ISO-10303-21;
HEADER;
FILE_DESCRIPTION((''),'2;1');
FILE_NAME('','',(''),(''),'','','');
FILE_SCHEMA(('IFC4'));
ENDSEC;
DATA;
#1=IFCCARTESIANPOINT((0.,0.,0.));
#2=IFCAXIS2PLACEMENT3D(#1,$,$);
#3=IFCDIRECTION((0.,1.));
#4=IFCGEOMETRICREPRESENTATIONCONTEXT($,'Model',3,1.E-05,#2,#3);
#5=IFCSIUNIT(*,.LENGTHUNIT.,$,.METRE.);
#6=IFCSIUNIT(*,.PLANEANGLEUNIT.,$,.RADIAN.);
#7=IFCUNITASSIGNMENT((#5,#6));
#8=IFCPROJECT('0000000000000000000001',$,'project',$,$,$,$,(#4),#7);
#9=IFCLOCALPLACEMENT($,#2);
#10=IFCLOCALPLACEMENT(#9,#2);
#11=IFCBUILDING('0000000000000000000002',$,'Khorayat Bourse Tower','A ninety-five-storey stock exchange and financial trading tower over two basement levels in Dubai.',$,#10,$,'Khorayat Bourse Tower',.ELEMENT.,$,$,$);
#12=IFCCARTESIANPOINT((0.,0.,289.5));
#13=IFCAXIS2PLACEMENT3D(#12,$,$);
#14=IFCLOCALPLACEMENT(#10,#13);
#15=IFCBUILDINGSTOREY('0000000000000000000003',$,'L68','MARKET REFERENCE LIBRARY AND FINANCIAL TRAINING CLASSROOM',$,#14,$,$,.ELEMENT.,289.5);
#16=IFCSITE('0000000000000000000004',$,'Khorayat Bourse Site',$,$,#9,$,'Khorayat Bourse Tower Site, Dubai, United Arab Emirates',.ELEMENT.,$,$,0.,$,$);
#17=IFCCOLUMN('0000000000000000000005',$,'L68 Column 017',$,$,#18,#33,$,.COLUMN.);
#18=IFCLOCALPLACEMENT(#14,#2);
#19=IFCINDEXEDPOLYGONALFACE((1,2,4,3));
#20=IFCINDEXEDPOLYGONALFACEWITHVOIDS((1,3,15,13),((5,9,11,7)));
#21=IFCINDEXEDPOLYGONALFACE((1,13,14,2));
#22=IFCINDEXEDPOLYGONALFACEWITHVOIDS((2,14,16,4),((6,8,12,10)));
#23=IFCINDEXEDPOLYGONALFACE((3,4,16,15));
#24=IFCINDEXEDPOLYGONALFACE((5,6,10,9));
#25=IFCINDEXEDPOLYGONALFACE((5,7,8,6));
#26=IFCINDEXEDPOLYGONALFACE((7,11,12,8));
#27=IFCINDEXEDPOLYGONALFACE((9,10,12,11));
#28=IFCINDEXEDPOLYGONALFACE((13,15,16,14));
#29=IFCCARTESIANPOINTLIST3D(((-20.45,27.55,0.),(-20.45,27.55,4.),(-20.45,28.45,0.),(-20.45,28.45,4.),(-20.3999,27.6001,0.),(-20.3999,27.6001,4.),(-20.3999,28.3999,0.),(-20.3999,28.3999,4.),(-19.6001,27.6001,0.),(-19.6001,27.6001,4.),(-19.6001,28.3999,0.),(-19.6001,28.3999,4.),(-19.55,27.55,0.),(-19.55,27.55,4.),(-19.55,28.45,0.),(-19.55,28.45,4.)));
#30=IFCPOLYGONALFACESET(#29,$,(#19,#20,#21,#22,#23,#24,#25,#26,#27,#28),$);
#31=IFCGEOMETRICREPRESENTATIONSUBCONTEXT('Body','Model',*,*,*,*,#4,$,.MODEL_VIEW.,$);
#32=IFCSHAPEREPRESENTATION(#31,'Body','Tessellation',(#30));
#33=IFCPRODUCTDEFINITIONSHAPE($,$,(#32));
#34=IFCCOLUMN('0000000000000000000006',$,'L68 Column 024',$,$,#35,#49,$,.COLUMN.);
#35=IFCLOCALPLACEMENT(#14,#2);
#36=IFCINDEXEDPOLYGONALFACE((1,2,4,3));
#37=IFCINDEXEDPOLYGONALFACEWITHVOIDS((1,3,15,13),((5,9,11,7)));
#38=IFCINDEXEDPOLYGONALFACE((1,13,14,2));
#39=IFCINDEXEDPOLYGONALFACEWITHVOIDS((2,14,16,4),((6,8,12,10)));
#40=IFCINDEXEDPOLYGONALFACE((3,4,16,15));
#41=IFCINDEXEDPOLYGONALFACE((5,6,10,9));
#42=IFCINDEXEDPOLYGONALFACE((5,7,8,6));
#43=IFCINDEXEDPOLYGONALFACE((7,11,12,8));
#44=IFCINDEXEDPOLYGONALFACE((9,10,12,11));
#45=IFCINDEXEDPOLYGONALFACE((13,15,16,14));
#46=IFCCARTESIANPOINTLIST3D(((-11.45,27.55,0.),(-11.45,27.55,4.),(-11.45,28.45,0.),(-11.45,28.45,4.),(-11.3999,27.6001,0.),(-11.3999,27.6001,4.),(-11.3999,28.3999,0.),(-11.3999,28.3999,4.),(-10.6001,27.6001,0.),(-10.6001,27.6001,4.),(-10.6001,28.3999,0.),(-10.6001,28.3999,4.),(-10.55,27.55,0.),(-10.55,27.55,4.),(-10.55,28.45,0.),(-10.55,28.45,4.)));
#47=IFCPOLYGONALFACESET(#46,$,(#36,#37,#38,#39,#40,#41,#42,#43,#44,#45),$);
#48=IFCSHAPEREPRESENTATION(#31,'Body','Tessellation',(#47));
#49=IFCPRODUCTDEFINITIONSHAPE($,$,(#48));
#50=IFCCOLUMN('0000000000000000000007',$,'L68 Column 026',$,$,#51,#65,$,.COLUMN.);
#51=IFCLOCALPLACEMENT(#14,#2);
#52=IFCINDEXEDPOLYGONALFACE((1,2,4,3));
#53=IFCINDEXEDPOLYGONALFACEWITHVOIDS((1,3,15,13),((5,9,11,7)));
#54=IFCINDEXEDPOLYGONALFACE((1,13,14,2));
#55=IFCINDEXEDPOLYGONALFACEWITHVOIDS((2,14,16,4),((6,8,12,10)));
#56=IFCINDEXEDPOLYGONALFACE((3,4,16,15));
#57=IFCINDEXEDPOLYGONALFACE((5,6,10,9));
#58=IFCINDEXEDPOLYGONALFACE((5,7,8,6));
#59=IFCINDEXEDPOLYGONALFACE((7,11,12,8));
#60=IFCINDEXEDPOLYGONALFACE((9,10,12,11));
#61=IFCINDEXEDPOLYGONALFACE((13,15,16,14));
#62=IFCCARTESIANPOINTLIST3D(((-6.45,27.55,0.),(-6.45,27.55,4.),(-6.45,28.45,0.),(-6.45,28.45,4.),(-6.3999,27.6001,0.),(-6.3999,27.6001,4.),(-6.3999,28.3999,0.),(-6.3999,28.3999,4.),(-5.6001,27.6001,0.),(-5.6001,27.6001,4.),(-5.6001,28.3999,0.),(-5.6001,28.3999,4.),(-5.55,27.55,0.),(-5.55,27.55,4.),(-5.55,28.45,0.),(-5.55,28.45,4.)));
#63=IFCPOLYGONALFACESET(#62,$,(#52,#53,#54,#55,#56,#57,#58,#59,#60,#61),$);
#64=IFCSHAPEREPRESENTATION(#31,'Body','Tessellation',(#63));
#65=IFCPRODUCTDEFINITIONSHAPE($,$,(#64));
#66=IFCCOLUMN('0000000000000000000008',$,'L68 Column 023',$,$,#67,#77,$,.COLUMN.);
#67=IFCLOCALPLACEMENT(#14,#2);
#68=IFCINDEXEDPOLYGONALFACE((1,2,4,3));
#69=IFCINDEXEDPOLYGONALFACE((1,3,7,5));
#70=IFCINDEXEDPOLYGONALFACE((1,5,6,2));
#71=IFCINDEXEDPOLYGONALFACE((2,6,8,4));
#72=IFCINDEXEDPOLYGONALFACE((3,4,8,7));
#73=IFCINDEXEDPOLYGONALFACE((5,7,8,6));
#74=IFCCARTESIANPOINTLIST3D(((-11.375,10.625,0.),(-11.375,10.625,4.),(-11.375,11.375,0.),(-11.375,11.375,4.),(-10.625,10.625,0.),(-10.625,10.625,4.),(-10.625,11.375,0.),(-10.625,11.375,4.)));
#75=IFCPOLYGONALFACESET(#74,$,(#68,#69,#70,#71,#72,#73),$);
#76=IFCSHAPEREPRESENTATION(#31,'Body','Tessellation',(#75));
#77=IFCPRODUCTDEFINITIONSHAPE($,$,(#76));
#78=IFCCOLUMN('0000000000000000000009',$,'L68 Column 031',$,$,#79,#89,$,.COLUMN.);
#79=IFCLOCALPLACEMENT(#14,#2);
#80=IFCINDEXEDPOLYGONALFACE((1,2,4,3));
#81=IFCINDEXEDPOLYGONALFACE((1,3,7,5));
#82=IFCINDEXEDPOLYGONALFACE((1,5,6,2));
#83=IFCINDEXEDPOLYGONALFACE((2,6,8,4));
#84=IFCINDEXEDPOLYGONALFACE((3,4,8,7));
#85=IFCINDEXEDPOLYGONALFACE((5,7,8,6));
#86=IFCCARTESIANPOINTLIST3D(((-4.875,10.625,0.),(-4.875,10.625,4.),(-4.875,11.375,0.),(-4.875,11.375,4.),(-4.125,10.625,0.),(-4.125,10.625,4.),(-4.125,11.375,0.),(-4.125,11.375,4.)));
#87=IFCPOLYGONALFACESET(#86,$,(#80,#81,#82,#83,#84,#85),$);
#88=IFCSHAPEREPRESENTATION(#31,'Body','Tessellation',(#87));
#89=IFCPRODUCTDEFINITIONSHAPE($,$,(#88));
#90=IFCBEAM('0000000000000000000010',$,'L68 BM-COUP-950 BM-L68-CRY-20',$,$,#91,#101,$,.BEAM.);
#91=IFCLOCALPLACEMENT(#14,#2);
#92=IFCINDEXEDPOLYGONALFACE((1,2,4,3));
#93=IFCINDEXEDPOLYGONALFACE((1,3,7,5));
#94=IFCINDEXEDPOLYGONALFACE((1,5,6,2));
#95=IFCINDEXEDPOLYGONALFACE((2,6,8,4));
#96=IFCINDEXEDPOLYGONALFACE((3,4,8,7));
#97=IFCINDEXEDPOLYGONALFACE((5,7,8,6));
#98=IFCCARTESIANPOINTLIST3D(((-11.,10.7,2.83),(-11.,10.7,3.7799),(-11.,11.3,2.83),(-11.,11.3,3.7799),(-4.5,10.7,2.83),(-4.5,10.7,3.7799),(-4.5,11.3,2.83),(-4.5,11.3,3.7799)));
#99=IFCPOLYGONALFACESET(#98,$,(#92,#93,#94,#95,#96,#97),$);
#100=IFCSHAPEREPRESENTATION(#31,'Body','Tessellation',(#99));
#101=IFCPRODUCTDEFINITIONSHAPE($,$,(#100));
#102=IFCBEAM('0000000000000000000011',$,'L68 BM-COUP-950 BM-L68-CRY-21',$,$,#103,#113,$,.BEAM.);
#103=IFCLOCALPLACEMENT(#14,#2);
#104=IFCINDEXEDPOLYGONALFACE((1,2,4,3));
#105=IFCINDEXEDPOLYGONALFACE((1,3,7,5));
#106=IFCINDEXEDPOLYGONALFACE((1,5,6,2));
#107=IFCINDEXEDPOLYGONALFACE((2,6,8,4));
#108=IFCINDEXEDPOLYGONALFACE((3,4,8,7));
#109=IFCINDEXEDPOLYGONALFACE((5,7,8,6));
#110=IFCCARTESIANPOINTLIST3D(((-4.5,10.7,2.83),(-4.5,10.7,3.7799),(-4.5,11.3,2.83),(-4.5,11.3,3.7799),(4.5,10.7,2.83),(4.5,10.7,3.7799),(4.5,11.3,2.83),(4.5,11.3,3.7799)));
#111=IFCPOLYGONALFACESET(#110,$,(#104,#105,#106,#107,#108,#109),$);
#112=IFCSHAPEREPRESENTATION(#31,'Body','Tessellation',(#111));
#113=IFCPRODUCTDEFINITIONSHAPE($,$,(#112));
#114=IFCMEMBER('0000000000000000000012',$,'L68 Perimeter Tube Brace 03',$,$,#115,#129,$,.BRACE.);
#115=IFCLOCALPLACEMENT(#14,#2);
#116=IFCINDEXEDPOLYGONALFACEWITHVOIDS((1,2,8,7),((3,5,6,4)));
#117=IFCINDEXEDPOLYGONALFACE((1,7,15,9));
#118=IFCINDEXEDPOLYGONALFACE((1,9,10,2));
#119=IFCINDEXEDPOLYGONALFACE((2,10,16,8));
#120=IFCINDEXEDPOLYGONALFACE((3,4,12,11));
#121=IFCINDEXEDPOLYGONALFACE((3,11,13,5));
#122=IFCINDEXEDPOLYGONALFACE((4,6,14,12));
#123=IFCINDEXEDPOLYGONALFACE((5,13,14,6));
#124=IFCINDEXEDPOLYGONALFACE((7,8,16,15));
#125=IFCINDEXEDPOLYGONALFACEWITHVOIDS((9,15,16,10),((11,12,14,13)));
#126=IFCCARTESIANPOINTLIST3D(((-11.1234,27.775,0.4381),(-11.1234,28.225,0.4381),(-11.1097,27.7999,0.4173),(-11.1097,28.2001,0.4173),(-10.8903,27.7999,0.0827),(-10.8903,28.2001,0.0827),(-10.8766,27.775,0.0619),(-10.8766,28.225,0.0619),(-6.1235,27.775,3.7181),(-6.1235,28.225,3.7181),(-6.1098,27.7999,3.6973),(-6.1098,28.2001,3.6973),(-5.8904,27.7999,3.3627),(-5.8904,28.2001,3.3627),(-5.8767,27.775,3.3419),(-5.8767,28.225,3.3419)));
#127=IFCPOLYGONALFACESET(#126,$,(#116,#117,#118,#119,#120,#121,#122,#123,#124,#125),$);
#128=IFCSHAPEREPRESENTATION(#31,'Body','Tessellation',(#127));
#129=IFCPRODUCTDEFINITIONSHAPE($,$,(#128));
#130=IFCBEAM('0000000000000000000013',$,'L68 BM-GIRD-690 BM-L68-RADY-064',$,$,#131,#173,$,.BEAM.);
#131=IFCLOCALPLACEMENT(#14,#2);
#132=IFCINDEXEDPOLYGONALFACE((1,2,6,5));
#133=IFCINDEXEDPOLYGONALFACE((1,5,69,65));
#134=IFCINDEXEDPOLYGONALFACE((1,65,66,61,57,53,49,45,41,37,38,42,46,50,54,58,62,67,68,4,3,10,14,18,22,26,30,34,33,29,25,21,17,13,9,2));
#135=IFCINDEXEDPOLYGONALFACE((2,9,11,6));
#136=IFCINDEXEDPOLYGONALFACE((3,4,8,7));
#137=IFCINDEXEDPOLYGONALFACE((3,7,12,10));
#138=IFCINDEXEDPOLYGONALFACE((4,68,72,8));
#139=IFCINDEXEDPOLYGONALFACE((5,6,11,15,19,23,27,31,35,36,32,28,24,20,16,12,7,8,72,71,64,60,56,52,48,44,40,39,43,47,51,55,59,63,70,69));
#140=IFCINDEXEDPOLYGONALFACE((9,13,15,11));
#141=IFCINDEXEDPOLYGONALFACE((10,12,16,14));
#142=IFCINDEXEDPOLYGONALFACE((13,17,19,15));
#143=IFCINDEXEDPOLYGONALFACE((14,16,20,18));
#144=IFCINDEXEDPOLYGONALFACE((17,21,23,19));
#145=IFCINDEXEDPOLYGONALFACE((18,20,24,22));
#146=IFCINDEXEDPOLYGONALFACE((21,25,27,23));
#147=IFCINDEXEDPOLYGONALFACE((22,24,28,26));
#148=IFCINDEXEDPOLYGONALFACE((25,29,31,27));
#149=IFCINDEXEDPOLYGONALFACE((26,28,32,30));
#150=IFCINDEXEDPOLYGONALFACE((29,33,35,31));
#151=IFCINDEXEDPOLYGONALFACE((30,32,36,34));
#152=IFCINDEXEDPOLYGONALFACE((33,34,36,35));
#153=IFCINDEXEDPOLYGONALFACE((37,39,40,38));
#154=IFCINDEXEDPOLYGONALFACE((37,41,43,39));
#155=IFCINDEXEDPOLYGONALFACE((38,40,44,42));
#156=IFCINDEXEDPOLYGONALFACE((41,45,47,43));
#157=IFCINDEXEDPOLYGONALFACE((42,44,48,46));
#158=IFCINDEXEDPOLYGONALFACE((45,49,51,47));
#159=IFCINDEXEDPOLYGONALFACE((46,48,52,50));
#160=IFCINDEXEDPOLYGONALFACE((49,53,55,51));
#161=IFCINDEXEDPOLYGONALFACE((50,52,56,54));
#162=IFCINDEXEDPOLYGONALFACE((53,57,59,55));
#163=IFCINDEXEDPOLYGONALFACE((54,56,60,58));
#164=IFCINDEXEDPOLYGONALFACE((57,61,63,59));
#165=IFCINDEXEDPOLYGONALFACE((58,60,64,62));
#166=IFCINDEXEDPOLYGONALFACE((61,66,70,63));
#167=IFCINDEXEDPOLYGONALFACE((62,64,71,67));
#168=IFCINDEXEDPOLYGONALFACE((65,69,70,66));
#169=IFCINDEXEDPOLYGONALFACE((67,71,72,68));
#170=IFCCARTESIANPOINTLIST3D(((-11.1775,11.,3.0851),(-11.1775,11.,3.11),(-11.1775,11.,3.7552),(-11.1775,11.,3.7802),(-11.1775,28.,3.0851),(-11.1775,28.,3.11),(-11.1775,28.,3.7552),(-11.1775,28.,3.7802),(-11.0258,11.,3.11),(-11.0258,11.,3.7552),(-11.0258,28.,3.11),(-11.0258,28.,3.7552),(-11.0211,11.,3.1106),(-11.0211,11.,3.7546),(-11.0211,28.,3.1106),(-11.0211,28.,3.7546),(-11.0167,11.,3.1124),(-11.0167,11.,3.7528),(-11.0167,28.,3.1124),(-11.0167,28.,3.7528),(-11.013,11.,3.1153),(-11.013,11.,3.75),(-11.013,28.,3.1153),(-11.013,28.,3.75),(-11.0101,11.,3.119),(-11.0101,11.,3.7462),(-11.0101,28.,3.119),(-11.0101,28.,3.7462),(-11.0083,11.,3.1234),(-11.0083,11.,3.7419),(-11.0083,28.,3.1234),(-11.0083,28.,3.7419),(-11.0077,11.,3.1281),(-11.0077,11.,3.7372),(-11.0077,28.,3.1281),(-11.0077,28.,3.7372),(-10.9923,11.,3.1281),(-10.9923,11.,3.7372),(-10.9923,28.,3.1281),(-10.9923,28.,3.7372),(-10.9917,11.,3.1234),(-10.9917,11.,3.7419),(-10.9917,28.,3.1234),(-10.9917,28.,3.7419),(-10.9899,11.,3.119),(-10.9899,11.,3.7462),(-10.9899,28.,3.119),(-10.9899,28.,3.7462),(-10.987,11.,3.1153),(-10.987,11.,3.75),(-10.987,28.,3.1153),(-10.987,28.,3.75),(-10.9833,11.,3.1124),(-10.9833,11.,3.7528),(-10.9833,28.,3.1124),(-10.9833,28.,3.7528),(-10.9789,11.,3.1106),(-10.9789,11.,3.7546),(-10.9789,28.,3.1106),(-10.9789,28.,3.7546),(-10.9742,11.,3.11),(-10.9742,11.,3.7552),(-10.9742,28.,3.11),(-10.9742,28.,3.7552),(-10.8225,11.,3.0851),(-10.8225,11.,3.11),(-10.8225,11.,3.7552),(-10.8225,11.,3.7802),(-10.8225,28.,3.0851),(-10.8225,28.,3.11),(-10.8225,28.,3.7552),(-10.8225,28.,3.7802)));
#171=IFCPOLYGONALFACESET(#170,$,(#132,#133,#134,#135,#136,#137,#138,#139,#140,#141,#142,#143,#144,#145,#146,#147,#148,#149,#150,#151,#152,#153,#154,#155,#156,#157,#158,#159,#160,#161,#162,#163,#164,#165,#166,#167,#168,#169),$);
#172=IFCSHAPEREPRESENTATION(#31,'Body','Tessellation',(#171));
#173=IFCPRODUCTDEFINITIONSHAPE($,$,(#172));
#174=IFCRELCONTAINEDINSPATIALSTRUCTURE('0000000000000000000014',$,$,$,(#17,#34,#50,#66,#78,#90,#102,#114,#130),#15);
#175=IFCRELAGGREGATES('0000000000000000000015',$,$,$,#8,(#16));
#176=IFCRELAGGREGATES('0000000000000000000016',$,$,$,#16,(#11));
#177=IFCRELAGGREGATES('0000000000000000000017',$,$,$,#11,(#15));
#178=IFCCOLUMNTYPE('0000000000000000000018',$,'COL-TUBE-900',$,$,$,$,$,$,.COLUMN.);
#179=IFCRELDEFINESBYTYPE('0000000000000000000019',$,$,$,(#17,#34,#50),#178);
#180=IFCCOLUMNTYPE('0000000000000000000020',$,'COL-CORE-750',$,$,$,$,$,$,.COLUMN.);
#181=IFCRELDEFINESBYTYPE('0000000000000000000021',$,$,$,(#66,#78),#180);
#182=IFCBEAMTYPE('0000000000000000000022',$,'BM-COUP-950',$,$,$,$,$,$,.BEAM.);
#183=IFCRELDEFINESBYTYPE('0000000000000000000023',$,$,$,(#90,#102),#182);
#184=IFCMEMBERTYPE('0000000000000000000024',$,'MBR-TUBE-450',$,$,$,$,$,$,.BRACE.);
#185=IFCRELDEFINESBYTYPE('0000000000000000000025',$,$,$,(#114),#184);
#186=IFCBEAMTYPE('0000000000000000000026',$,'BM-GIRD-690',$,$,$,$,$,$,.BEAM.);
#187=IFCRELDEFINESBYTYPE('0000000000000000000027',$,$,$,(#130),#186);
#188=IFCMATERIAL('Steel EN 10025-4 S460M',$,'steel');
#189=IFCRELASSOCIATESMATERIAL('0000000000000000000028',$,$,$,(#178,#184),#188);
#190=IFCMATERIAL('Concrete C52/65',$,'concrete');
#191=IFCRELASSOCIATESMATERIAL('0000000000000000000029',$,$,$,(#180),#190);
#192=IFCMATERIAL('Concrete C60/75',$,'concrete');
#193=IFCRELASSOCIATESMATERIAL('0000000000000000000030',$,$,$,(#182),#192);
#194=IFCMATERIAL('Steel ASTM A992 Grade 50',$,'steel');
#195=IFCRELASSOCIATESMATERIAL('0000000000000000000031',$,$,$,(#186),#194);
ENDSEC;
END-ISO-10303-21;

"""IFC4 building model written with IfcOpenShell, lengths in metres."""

from ifc_helpers import new_model, si_unit, direction, frame, origin, origin_2d, place, context, subcontext, project, spatial, rectangle, hollow_rectangle, i_section, extrude, source, transform, mapped, material, material_profile, profile_set, type_object, element, save


model = new_model("IFC4")

# Units and contexts
model_context = context("Model", 3, precision=1e-05, world=origin(), true_north=direction((0.0, 1.0)))
body_context = subcontext(model_context, "Body", "Model", "MODEL_VIEW")
ifc_project = project(units=[si_unit("LENGTHUNIT", "METRE"), si_unit("PLANEANGLEUNIT", "RADIAN")], contexts=[model_context])

# Site, building, storey
site_placement = place(None, origin())
site = spatial("IfcSite", under=ifc_project, at=site_placement, Name="Khorayat Bourse Site", LongName="Khorayat Bourse Tower Site, Dubai, United Arab Emirates", CompositionType="ELEMENT", RefElevation=0.0)
building_placement = place(site_placement, origin())
building = spatial("IfcBuilding", under=site, at=building_placement, Name="Khorayat Bourse Tower", Description="A ninety-five-storey stock exchange and financial trading tower over two basement levels in Dubai.", LongName="Khorayat Bourse Tower", CompositionType="ELEMENT")
storey_placement = place(building_placement, frame((0.0, 0.0, 289.5)))
storey = spatial("IfcBuildingStorey", under=building, at=storey_placement, Name="L68", Description="MARKET REFERENCE LIBRARY AND FINANCIAL TRAINING CLASSROOM", CompositionType="ELEMENT", Elevation=289.5)

# Columns
ifc_material_1 = material(Name="Steel EN 10025-4 S460M", Category="steel")
ifc_material_profile_1 = material_profile(ifc_material_1, hollow_rectangle(XDim=0.8999, YDim=0.8999, WallThickness=0.05, at=origin_2d()), Name="BOX 900x900x50")
ifc_profile_set_1 = profile_set([ifc_material_profile_1], Name="Steel EN 10025-4 S460M")
column_type_1 = type_object("IfcColumnType", Name="COL-TUBE-900", PredefinedType="COLUMN", material=ifc_profile_set_1)
shared_shape_1 = source(origin(), body_context, "Body", "SweptSolid", [
    extrude(hollow_rectangle(XDim=0.8999, YDim=0.8999, WallThickness=0.05, at=origin_2d()), origin(), (0.0, 0.0, 1.0), 4.0),
])
for number, where, z_axis, x_axis, name in (
    (1, (-20.0, 28.0, 0.0), (0.0, 0.0, 1.0), (1.0, 0.0, 0.0), "L68 Column 017"),
    (2, (-11.0, 28.0, 0.0), (0.0, 0.0, 1.0), (1.0, 0.0, 0.0), "L68 Column 024"),
    (3, (-6.0, 28.0, 0.0), (0.0, 0.0, 1.0), (1.0, 0.0, 0.0), "L68 Column 026"),
):
    element("IfcColumn", number, at=place(storey_placement, frame(where, z_axis=z_axis, x_axis=x_axis)), inside=storey, type_object=column_type_1, Name=name, PredefinedType="COLUMN", context=body_context, shape_type="MappedRepresentation", body=[
        mapped(shared_shape_1, transform((0.0, 0.0, 0.0), scale=1.0)),
    ])
ifc_material_2 = material(Name="Concrete C52/65", Category="concrete")
ifc_material_profile_2 = material_profile(ifc_material_2, rectangle(XDim=0.75, YDim=0.75, at=origin_2d()), Name="RC 750x750")
ifc_profile_set_2 = profile_set([ifc_material_profile_2], Name="Concrete C52/65")
column_type_2 = type_object("IfcColumnType", Name="COL-CORE-750", PredefinedType="COLUMN", material=ifc_profile_set_2)
shared_shape_2 = source(origin(), body_context, "Body", "SweptSolid", [
    extrude(rectangle(XDim=0.75, YDim=0.75, at=origin_2d()), origin(), (0.0, 0.0, 1.0), 4.0),
])
for number, where, z_axis, x_axis, name in (
    (4, (-11.0, 11.0, 0.0), (0.0, 0.0, 1.0), (1.0, 0.0, 0.0), "L68 Column 023"),
    (5, (-4.5, 11.0, 0.0), (0.0, 0.0, 1.0), (1.0, 0.0, 0.0), "L68 Column 031"),
):
    element("IfcColumn", number, at=place(storey_placement, frame(where, z_axis=z_axis, x_axis=x_axis)), inside=storey, type_object=column_type_2, Name=name, PredefinedType="COLUMN", context=body_context, shape_type="MappedRepresentation", body=[
        mapped(shared_shape_2, transform((0.0, 0.0, 0.0), scale=1.0)),
    ])

# Beams
ifc_material_3 = material(Name="Concrete C60/75", Category="concrete")
ifc_material_profile_3 = material_profile(ifc_material_3, rectangle(XDim=0.6001, YDim=0.95, at=origin_2d()), Name="RC 600x950")
ifc_profile_set_3 = profile_set([ifc_material_profile_3], Name="Concrete C60/75")
beam_type_1 = type_object("IfcBeamType", Name="BM-COUP-950", PredefinedType="BEAM", material=ifc_profile_set_3)
shared_shape_3 = source(origin(), body_context, "Body", "SweptSolid", [
    extrude(rectangle(XDim=0.6001, YDim=0.95, at=origin_2d()), origin(), (0.0, 0.0, 1.0), 6.5),
])
beam_1_placement = place(storey_placement, frame((-11.0, 11.0, 3.3049), z_axis=(1.0, 0.0, 0.0), x_axis=(0.0, 1.0, 0.0)))
element("IfcBeam", 6, at=beam_1_placement, inside=storey, type_object=beam_type_1, Name="L68 BM-COUP-950 BM-L68-CRY-20", PredefinedType="BEAM", context=body_context, shape_type="MappedRepresentation", body=[
    mapped(shared_shape_3, transform((0.0, 0.0, 0.0), scale=1.0)),
])
shared_shape_4 = source(origin(), body_context, "Body", "SweptSolid", [
    extrude(rectangle(XDim=0.6001, YDim=0.95, at=origin_2d()), origin(), (0.0, 0.0, 1.0), 9.0),
])
beam_2_placement = place(storey_placement, frame((-4.5, 11.0, 3.3049), z_axis=(1.0, 0.0, 0.0), x_axis=(0.0, 1.0, 0.0)))
element("IfcBeam", 7, at=beam_2_placement, inside=storey, type_object=beam_type_1, Name="L68 BM-COUP-950 BM-L68-CRY-21", PredefinedType="BEAM", context=body_context, shape_type="MappedRepresentation", body=[
    mapped(shared_shape_4, transform((0.0, 0.0, 0.0), scale=1.0)),
])

# Member
ifc_material_profile_4 = material_profile(ifc_material_1, hollow_rectangle(XDim=0.45, YDim=0.45, WallThickness=0.0249, at=origin_2d()), Name="HSS 450x450x25")
ifc_profile_set_4 = profile_set([ifc_material_profile_4], Name="Steel EN 10025-4 S460M")
member_type_1 = type_object("IfcMemberType", Name="MBR-TUBE-450", PredefinedType="BRACE", material=ifc_profile_set_4)
shared_shape_5 = source(origin(), body_context, "Body", "SweptSolid", [
    extrude(hollow_rectangle(XDim=0.45, YDim=0.45, WallThickness=0.0249, at=origin_2d()), origin(), (0.0, 0.0, 1.0), 5.9797),
])
member_1_placement = place(storey_placement, frame((-11.0, 28.0, 0.25), z_axis=(0.836142, 0.0, 0.548514), x_axis=(0.0, 1.0, 0.0)))
element("IfcMember", 8, at=member_1_placement, inside=storey, type_object=member_type_1, Name="L68 Perimeter Tube Brace 03", PredefinedType="BRACE", context=body_context, shape_type="MappedRepresentation", body=[
    mapped(shared_shape_5, transform((0.0, 0.0, 0.0), scale=1.0)),
])

# Beam
ifc_material_4 = material(Name="Steel ASTM A992 Grade 50", Category="steel")
ifc_material_profile_5 = material_profile(ifc_material_4, i_section(OverallWidth=0.355, OverallDepth=0.6951, WebThickness=0.0154, FlangeThickness=0.0249, FilletRadius=0.0181, at=origin_2d()), Name="W690X217")
ifc_profile_set_5 = profile_set([ifc_material_profile_5], Name="Steel ASTM A992 Grade 50")
beam_type_2 = type_object("IfcBeamType", Name="BM-GIRD-690", PredefinedType="BEAM", material=ifc_profile_set_5)
shared_shape_6 = source(origin(), body_context, "Body", "SweptSolid", [
    extrude(i_section(OverallWidth=0.355, OverallDepth=0.6951, WebThickness=0.0154, FlangeThickness=0.0249, FilletRadius=0.0181, at=origin_2d()), origin(), (0.0, 0.0, 1.0), 17.0),
])
for number, where, z_axis, x_axis, name in (
    (9, (-11.0, 11.0, 3.4326), (0.0, 1.0, 0.0), (-1.0, 0.0, 0.0), "L68 BM-GIRD-690 BM-L68-RADY-064"),
):
    element("IfcBeam", number, at=place(storey_placement, frame(where, z_axis=z_axis, x_axis=x_axis)), inside=storey, type_object=beam_type_2, Name=name, PredefinedType="BEAM", context=body_context, shape_type="MappedRepresentation", body=[
        mapped(shared_shape_6, transform((0.0, 0.0, 0.0), scale=1.0)),
    ])

save(model, "model.ifc")
